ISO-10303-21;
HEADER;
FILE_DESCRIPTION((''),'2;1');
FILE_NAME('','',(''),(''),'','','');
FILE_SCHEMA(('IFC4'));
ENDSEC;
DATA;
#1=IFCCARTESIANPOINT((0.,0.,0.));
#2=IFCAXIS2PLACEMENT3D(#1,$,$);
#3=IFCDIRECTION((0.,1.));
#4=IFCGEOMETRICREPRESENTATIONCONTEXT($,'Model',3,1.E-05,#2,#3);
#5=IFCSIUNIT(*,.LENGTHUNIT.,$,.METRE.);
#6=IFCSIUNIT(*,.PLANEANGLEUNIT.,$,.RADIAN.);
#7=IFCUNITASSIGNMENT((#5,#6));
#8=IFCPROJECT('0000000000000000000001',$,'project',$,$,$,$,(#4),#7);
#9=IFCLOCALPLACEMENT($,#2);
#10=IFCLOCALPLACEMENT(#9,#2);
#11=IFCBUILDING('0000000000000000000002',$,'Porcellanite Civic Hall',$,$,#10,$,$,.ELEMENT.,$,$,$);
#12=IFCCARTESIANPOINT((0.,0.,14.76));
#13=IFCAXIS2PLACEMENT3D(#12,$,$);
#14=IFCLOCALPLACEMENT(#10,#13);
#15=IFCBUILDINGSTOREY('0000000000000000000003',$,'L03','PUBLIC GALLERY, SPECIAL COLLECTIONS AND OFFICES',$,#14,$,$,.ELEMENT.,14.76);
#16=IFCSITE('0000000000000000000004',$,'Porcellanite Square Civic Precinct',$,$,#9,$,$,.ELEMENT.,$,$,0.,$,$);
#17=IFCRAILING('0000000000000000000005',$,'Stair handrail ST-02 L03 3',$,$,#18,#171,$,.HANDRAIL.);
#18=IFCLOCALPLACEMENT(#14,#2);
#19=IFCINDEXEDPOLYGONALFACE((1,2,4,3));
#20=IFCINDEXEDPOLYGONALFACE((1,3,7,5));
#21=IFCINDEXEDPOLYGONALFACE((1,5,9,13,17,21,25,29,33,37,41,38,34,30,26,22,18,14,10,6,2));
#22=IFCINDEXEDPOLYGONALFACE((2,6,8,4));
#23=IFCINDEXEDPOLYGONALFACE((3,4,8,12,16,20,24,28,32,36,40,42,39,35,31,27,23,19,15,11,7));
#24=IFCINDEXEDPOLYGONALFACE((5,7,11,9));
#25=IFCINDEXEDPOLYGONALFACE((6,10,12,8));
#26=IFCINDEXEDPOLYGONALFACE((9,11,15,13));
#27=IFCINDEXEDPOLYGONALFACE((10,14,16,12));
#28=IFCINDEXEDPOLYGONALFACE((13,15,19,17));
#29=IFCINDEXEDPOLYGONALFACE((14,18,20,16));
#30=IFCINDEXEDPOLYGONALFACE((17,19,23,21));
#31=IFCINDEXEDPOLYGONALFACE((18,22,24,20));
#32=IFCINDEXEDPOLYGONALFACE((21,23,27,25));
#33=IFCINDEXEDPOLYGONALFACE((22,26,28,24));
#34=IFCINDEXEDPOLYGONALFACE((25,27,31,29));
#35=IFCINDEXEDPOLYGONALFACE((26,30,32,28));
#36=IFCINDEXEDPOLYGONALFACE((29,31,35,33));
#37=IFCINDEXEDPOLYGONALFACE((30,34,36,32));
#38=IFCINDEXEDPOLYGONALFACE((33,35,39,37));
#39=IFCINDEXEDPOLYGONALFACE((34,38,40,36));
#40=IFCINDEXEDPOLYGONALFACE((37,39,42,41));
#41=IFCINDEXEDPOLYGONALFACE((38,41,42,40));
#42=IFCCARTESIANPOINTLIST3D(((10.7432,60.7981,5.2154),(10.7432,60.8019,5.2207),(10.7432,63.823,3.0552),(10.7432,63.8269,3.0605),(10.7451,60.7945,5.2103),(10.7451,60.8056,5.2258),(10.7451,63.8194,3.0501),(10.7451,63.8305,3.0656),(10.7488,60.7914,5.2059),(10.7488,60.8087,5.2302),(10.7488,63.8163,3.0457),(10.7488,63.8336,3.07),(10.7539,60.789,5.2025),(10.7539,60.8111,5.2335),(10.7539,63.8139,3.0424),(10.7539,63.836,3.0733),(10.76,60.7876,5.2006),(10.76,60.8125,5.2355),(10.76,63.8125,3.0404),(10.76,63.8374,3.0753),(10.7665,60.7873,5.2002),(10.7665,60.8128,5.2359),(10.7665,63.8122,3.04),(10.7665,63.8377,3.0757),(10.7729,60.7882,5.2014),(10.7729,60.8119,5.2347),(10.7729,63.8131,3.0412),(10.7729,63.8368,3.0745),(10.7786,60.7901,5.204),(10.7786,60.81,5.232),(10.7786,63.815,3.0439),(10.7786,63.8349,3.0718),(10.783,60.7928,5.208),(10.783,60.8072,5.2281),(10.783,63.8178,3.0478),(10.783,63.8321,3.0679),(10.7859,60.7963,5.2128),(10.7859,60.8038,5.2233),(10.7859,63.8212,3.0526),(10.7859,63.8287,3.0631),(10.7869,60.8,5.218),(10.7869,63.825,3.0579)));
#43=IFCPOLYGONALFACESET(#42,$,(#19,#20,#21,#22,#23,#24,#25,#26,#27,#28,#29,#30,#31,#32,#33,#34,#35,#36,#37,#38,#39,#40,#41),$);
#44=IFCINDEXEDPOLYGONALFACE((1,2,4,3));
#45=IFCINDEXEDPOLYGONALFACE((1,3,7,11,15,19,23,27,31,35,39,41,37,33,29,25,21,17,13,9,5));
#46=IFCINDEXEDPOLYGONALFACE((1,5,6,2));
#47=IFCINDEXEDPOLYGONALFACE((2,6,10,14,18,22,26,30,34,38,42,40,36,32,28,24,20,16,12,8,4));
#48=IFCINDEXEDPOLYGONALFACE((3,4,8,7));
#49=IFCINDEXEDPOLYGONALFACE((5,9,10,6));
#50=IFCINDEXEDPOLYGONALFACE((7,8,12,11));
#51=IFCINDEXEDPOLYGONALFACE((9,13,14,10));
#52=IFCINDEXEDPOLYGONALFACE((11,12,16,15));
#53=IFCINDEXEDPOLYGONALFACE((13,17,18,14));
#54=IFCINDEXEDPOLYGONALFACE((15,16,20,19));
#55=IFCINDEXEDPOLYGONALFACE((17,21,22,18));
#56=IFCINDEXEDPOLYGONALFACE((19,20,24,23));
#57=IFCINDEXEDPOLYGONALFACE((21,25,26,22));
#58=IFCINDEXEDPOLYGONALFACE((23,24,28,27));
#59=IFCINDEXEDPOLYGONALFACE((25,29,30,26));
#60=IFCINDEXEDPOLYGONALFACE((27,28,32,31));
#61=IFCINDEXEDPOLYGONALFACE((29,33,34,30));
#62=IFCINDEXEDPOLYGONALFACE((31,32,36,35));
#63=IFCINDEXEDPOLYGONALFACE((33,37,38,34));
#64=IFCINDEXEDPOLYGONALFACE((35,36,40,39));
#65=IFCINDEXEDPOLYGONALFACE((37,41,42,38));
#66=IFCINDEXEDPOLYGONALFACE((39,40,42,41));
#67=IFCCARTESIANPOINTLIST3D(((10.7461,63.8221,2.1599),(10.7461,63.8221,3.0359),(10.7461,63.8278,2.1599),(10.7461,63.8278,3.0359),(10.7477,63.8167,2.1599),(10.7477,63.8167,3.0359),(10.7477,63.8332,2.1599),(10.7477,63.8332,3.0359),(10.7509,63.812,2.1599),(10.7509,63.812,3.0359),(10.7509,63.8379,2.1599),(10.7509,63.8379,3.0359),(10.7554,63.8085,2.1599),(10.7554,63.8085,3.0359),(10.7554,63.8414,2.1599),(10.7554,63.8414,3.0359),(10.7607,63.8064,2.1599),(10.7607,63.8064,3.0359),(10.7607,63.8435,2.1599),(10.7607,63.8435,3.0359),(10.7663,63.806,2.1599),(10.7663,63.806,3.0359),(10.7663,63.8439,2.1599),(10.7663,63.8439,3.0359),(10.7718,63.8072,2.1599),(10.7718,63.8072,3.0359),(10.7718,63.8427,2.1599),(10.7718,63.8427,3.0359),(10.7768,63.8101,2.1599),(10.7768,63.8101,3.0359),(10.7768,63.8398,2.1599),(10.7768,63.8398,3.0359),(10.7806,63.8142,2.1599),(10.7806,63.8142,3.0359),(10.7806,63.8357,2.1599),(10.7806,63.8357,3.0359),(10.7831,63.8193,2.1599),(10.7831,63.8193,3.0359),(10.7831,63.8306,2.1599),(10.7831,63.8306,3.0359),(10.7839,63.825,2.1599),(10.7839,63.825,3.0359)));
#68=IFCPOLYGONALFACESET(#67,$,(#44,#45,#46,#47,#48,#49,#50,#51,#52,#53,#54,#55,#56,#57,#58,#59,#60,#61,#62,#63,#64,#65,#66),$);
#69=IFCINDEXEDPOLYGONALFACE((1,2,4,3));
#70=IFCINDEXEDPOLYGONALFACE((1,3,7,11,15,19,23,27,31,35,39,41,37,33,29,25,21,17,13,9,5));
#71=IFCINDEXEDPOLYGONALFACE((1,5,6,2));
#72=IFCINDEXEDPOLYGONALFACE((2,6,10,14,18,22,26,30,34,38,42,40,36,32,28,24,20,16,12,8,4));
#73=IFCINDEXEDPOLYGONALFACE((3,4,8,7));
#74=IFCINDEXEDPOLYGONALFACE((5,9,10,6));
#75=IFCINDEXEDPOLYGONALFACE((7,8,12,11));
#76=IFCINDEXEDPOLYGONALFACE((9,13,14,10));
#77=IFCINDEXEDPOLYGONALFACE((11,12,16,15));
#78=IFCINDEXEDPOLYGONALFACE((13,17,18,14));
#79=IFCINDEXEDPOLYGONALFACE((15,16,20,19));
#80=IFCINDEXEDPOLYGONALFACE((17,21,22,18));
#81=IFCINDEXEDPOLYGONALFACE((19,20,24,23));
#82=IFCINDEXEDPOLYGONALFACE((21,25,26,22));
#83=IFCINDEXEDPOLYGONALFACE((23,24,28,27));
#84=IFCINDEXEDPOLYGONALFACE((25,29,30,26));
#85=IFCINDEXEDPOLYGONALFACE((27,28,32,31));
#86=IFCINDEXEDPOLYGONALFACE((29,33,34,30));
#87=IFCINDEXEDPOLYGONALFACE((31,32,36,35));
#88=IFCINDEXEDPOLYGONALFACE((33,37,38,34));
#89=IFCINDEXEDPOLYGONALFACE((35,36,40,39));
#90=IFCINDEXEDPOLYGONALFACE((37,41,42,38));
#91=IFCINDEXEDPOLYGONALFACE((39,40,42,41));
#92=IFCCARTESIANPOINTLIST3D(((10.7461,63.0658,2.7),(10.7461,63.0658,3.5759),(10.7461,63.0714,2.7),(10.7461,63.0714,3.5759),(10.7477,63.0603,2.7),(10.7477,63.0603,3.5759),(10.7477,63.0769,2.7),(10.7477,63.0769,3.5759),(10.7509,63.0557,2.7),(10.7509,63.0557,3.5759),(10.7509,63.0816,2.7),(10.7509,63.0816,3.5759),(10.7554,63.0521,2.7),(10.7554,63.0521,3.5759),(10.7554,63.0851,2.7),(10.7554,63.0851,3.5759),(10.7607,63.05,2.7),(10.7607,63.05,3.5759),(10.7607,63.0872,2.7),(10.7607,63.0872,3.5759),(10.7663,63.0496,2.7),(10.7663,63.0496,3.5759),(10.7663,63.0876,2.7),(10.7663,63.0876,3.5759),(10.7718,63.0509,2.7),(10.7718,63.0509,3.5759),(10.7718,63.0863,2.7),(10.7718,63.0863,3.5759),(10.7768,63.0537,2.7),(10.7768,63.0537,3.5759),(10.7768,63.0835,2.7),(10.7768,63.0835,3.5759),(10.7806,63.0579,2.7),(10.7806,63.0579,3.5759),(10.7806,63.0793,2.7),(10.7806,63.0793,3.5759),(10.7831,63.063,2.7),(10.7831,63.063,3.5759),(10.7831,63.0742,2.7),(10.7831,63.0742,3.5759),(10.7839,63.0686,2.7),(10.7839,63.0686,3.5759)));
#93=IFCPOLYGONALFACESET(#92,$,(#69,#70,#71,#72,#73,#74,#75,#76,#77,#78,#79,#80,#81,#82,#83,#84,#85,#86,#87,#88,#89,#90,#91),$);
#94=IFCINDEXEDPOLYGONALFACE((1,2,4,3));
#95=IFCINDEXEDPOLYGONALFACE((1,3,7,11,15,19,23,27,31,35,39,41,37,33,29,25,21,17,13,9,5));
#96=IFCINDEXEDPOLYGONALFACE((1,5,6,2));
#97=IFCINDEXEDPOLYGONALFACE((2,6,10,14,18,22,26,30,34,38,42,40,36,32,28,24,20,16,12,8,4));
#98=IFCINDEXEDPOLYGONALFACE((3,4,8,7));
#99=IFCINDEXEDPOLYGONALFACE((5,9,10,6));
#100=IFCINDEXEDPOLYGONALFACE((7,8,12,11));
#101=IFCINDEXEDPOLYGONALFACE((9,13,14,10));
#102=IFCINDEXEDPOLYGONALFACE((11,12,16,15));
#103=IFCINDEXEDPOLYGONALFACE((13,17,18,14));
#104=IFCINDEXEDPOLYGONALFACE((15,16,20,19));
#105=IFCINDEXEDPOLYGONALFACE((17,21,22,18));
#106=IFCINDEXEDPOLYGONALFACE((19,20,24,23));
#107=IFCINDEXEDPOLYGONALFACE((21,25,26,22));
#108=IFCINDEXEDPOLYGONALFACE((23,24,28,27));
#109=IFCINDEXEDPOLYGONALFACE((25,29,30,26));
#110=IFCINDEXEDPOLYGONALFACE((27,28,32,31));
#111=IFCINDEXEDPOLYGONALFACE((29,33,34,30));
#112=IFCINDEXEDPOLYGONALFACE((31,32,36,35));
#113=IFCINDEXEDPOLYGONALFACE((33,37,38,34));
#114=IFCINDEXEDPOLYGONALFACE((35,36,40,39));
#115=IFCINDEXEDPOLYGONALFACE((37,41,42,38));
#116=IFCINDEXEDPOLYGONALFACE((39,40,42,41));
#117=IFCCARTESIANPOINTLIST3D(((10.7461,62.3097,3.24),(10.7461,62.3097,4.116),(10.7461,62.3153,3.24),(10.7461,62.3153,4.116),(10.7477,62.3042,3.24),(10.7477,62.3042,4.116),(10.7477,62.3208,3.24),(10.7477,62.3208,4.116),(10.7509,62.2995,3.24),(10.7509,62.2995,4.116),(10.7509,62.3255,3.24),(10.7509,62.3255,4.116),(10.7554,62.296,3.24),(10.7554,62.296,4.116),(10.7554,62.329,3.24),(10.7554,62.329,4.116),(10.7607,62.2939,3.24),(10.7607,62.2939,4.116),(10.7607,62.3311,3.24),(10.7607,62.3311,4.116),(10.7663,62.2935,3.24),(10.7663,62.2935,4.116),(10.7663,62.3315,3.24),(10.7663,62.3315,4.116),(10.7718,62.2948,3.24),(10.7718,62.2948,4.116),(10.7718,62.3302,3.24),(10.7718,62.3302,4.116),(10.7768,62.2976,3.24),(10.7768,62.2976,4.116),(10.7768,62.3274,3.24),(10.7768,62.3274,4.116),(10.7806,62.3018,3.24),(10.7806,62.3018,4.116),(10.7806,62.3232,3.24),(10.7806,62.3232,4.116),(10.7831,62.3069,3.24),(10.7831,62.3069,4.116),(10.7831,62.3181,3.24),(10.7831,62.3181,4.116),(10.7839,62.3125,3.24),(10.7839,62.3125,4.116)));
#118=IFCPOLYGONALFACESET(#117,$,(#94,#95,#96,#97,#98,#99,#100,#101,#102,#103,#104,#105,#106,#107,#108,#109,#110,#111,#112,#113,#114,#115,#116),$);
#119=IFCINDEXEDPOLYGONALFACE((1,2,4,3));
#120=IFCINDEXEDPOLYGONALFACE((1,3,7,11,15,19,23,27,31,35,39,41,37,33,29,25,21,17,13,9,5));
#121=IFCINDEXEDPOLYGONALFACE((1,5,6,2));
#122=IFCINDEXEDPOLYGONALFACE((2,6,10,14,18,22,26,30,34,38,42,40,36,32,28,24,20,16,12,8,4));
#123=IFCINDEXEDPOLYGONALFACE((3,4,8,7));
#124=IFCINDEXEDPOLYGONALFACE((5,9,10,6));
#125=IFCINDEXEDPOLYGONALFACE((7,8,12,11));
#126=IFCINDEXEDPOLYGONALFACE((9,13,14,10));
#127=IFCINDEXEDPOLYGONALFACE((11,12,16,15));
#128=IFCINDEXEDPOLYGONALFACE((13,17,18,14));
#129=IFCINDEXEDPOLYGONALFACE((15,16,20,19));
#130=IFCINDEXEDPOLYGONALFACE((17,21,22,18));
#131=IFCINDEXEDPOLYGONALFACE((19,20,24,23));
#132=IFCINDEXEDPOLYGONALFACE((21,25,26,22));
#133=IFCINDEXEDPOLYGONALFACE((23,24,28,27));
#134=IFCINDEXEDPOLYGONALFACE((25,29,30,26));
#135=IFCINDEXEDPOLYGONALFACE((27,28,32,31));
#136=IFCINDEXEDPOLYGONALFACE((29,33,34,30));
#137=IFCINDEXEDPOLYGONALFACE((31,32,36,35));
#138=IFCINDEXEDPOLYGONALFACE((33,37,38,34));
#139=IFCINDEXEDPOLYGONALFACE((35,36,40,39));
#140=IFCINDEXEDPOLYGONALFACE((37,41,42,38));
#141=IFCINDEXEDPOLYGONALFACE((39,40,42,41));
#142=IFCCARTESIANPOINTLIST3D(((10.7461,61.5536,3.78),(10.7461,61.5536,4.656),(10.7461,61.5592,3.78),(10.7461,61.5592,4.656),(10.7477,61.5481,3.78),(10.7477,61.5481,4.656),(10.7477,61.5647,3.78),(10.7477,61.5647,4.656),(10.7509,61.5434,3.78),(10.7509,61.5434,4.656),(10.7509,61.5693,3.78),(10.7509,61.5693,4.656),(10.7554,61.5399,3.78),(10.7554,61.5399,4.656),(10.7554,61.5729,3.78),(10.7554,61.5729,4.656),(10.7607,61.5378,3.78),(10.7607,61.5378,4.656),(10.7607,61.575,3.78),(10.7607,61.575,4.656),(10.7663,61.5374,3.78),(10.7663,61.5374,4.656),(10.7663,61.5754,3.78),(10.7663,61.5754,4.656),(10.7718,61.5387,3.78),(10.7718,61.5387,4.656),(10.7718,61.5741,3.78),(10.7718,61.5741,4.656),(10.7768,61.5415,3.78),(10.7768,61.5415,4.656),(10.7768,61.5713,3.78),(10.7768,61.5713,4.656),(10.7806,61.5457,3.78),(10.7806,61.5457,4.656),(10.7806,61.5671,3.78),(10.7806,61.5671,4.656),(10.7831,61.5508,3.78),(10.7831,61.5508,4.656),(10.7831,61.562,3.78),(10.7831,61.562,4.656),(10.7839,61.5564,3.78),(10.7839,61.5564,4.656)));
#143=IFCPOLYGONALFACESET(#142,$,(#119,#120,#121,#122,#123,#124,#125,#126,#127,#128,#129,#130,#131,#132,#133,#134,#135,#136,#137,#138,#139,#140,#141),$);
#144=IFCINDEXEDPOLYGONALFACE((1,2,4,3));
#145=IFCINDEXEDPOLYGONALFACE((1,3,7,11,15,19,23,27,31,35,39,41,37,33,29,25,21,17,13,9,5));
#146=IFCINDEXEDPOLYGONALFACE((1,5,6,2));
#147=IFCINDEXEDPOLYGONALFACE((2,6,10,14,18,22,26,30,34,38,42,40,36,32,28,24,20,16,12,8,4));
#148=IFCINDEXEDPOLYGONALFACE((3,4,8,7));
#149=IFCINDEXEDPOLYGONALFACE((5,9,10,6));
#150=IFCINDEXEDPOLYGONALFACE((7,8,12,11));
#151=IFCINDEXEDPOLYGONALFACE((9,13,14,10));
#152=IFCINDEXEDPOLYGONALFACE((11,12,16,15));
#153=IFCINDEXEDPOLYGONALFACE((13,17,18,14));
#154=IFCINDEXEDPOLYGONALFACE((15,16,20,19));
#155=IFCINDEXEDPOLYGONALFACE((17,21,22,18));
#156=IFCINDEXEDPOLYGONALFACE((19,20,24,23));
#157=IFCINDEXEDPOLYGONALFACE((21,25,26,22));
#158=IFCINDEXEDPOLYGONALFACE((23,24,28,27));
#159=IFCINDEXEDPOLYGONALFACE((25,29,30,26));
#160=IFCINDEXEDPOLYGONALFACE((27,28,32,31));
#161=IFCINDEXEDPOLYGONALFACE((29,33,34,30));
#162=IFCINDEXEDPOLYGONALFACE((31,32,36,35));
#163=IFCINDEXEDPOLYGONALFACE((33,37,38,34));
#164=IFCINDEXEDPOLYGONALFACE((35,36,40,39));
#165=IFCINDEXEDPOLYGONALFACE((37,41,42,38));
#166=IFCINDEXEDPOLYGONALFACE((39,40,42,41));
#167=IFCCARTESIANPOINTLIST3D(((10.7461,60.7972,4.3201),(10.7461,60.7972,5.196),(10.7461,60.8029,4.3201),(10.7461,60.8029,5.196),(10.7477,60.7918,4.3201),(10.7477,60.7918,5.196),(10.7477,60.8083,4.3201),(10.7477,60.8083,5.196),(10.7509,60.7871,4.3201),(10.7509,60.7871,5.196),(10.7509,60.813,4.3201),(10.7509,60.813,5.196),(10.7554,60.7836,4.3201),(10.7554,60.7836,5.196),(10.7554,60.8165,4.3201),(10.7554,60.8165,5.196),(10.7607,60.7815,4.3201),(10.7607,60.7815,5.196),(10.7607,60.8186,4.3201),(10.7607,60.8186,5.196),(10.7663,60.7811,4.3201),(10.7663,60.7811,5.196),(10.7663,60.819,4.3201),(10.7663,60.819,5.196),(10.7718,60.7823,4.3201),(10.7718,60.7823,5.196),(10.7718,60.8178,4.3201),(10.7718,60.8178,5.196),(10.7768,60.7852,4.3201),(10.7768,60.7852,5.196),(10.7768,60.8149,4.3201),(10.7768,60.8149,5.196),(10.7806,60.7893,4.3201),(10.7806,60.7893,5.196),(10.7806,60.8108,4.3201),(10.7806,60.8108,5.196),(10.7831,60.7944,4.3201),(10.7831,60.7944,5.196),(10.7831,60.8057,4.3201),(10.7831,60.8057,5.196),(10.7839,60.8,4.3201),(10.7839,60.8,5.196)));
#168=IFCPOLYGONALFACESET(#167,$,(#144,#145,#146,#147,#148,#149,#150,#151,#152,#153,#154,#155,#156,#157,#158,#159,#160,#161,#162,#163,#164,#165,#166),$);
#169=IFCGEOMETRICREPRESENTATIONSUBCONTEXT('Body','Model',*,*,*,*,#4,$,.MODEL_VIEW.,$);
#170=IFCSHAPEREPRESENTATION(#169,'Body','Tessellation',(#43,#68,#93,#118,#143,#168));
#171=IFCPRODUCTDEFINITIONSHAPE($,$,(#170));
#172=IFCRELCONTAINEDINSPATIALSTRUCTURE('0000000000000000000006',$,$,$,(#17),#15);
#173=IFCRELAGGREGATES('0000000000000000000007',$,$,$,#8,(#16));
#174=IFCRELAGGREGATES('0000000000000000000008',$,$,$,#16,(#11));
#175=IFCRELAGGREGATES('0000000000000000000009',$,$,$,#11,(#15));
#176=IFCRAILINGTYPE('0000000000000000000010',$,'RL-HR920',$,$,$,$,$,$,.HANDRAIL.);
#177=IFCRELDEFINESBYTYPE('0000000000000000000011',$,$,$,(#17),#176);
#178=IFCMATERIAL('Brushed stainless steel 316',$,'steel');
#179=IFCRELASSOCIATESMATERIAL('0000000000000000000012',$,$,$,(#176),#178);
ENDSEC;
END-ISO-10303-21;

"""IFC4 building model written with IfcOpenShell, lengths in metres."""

from ifc_helpers import new_model, si_unit, direction, frame, origin, origin_2d, place, context, subcontext, project, spatial, circle, extrude, material, type_object, element, save


model = new_model("IFC4")

# Units and contexts
model_context = context("Model", 3, precision=1e-05, world=origin(), true_north=direction((0.0, 1.0)))
body_context = subcontext(model_context, "Body", "Model", "MODEL_VIEW")
ifc_project = project(units=[si_unit("LENGTHUNIT", "METRE"), si_unit("PLANEANGLEUNIT", "RADIAN")], contexts=[model_context])

# Site, building, storey
site_placement = place(None, origin())
site = spatial("IfcSite", under=ifc_project, at=site_placement, Name="Porcellanite Square Civic Precinct", CompositionType="ELEMENT", RefElevation=0.0)
building_placement = place(site_placement, origin())
building = spatial("IfcBuilding", under=site, at=building_placement, Name="Porcellanite Civic Hall", CompositionType="ELEMENT")
storey_placement = place(building_placement, frame((0.0, 0.0, 14.76)))
storey = spatial("IfcBuildingStorey", under=building, at=storey_placement, Name="L03", Description="PUBLIC GALLERY, SPECIAL COLLECTIONS AND OFFICES", CompositionType="ELEMENT", Elevation=14.76)

# Railing
ifc_material_1 = material(Name="Brushed stainless steel 316", Category="steel")
railing_type_1 = type_object("IfcRailingType", Name="RL-HR920", PredefinedType="HANDRAIL", material=ifc_material_1)
railing_1_placement = place(storey_placement, frame((10.7649, 63.825, 2.1599)))
element("IfcRailing", 1, at=railing_1_placement, inside=storey, type_object=railing_type_1, Name="Stair handrail ST-02 L03 3", PredefinedType="HANDRAIL", context=body_context, shape_type="SweptSolid", body=[
    extrude(circle(Radius=0.022, at=origin_2d()), frame((0.0, 0.0, 0.8979), z_axis=(0.0, -0.813796, 0.581151), x_axis=(1.0, 0.0, 0.0)), (0.0, 0.0, 1.0), 3.717),
    extrude(circle(Radius=0.019, at=origin_2d()), origin(), (0.0, 0.0, 1.0), 0.876),
    extrude(circle(Radius=0.019, at=origin_2d()), frame((0.0, -0.7563, 0.54)), (0.0, 0.0, 1.0), 0.876),
    extrude(circle(Radius=0.019, at=origin_2d()), frame((0.0, -1.5125, 1.0801)), (0.0, 0.0, 1.0), 0.876),
    extrude(circle(Radius=0.019, at=origin_2d()), frame((0.0, -2.2686, 1.6201)), (0.0, 0.0, 1.0), 0.876),
    extrude(circle(Radius=0.019, at=origin_2d()), frame((0.0, -3.0249, 2.1602)), (0.0, 0.0, 1.0), 0.876),
])

save(model, "model.ifc")
